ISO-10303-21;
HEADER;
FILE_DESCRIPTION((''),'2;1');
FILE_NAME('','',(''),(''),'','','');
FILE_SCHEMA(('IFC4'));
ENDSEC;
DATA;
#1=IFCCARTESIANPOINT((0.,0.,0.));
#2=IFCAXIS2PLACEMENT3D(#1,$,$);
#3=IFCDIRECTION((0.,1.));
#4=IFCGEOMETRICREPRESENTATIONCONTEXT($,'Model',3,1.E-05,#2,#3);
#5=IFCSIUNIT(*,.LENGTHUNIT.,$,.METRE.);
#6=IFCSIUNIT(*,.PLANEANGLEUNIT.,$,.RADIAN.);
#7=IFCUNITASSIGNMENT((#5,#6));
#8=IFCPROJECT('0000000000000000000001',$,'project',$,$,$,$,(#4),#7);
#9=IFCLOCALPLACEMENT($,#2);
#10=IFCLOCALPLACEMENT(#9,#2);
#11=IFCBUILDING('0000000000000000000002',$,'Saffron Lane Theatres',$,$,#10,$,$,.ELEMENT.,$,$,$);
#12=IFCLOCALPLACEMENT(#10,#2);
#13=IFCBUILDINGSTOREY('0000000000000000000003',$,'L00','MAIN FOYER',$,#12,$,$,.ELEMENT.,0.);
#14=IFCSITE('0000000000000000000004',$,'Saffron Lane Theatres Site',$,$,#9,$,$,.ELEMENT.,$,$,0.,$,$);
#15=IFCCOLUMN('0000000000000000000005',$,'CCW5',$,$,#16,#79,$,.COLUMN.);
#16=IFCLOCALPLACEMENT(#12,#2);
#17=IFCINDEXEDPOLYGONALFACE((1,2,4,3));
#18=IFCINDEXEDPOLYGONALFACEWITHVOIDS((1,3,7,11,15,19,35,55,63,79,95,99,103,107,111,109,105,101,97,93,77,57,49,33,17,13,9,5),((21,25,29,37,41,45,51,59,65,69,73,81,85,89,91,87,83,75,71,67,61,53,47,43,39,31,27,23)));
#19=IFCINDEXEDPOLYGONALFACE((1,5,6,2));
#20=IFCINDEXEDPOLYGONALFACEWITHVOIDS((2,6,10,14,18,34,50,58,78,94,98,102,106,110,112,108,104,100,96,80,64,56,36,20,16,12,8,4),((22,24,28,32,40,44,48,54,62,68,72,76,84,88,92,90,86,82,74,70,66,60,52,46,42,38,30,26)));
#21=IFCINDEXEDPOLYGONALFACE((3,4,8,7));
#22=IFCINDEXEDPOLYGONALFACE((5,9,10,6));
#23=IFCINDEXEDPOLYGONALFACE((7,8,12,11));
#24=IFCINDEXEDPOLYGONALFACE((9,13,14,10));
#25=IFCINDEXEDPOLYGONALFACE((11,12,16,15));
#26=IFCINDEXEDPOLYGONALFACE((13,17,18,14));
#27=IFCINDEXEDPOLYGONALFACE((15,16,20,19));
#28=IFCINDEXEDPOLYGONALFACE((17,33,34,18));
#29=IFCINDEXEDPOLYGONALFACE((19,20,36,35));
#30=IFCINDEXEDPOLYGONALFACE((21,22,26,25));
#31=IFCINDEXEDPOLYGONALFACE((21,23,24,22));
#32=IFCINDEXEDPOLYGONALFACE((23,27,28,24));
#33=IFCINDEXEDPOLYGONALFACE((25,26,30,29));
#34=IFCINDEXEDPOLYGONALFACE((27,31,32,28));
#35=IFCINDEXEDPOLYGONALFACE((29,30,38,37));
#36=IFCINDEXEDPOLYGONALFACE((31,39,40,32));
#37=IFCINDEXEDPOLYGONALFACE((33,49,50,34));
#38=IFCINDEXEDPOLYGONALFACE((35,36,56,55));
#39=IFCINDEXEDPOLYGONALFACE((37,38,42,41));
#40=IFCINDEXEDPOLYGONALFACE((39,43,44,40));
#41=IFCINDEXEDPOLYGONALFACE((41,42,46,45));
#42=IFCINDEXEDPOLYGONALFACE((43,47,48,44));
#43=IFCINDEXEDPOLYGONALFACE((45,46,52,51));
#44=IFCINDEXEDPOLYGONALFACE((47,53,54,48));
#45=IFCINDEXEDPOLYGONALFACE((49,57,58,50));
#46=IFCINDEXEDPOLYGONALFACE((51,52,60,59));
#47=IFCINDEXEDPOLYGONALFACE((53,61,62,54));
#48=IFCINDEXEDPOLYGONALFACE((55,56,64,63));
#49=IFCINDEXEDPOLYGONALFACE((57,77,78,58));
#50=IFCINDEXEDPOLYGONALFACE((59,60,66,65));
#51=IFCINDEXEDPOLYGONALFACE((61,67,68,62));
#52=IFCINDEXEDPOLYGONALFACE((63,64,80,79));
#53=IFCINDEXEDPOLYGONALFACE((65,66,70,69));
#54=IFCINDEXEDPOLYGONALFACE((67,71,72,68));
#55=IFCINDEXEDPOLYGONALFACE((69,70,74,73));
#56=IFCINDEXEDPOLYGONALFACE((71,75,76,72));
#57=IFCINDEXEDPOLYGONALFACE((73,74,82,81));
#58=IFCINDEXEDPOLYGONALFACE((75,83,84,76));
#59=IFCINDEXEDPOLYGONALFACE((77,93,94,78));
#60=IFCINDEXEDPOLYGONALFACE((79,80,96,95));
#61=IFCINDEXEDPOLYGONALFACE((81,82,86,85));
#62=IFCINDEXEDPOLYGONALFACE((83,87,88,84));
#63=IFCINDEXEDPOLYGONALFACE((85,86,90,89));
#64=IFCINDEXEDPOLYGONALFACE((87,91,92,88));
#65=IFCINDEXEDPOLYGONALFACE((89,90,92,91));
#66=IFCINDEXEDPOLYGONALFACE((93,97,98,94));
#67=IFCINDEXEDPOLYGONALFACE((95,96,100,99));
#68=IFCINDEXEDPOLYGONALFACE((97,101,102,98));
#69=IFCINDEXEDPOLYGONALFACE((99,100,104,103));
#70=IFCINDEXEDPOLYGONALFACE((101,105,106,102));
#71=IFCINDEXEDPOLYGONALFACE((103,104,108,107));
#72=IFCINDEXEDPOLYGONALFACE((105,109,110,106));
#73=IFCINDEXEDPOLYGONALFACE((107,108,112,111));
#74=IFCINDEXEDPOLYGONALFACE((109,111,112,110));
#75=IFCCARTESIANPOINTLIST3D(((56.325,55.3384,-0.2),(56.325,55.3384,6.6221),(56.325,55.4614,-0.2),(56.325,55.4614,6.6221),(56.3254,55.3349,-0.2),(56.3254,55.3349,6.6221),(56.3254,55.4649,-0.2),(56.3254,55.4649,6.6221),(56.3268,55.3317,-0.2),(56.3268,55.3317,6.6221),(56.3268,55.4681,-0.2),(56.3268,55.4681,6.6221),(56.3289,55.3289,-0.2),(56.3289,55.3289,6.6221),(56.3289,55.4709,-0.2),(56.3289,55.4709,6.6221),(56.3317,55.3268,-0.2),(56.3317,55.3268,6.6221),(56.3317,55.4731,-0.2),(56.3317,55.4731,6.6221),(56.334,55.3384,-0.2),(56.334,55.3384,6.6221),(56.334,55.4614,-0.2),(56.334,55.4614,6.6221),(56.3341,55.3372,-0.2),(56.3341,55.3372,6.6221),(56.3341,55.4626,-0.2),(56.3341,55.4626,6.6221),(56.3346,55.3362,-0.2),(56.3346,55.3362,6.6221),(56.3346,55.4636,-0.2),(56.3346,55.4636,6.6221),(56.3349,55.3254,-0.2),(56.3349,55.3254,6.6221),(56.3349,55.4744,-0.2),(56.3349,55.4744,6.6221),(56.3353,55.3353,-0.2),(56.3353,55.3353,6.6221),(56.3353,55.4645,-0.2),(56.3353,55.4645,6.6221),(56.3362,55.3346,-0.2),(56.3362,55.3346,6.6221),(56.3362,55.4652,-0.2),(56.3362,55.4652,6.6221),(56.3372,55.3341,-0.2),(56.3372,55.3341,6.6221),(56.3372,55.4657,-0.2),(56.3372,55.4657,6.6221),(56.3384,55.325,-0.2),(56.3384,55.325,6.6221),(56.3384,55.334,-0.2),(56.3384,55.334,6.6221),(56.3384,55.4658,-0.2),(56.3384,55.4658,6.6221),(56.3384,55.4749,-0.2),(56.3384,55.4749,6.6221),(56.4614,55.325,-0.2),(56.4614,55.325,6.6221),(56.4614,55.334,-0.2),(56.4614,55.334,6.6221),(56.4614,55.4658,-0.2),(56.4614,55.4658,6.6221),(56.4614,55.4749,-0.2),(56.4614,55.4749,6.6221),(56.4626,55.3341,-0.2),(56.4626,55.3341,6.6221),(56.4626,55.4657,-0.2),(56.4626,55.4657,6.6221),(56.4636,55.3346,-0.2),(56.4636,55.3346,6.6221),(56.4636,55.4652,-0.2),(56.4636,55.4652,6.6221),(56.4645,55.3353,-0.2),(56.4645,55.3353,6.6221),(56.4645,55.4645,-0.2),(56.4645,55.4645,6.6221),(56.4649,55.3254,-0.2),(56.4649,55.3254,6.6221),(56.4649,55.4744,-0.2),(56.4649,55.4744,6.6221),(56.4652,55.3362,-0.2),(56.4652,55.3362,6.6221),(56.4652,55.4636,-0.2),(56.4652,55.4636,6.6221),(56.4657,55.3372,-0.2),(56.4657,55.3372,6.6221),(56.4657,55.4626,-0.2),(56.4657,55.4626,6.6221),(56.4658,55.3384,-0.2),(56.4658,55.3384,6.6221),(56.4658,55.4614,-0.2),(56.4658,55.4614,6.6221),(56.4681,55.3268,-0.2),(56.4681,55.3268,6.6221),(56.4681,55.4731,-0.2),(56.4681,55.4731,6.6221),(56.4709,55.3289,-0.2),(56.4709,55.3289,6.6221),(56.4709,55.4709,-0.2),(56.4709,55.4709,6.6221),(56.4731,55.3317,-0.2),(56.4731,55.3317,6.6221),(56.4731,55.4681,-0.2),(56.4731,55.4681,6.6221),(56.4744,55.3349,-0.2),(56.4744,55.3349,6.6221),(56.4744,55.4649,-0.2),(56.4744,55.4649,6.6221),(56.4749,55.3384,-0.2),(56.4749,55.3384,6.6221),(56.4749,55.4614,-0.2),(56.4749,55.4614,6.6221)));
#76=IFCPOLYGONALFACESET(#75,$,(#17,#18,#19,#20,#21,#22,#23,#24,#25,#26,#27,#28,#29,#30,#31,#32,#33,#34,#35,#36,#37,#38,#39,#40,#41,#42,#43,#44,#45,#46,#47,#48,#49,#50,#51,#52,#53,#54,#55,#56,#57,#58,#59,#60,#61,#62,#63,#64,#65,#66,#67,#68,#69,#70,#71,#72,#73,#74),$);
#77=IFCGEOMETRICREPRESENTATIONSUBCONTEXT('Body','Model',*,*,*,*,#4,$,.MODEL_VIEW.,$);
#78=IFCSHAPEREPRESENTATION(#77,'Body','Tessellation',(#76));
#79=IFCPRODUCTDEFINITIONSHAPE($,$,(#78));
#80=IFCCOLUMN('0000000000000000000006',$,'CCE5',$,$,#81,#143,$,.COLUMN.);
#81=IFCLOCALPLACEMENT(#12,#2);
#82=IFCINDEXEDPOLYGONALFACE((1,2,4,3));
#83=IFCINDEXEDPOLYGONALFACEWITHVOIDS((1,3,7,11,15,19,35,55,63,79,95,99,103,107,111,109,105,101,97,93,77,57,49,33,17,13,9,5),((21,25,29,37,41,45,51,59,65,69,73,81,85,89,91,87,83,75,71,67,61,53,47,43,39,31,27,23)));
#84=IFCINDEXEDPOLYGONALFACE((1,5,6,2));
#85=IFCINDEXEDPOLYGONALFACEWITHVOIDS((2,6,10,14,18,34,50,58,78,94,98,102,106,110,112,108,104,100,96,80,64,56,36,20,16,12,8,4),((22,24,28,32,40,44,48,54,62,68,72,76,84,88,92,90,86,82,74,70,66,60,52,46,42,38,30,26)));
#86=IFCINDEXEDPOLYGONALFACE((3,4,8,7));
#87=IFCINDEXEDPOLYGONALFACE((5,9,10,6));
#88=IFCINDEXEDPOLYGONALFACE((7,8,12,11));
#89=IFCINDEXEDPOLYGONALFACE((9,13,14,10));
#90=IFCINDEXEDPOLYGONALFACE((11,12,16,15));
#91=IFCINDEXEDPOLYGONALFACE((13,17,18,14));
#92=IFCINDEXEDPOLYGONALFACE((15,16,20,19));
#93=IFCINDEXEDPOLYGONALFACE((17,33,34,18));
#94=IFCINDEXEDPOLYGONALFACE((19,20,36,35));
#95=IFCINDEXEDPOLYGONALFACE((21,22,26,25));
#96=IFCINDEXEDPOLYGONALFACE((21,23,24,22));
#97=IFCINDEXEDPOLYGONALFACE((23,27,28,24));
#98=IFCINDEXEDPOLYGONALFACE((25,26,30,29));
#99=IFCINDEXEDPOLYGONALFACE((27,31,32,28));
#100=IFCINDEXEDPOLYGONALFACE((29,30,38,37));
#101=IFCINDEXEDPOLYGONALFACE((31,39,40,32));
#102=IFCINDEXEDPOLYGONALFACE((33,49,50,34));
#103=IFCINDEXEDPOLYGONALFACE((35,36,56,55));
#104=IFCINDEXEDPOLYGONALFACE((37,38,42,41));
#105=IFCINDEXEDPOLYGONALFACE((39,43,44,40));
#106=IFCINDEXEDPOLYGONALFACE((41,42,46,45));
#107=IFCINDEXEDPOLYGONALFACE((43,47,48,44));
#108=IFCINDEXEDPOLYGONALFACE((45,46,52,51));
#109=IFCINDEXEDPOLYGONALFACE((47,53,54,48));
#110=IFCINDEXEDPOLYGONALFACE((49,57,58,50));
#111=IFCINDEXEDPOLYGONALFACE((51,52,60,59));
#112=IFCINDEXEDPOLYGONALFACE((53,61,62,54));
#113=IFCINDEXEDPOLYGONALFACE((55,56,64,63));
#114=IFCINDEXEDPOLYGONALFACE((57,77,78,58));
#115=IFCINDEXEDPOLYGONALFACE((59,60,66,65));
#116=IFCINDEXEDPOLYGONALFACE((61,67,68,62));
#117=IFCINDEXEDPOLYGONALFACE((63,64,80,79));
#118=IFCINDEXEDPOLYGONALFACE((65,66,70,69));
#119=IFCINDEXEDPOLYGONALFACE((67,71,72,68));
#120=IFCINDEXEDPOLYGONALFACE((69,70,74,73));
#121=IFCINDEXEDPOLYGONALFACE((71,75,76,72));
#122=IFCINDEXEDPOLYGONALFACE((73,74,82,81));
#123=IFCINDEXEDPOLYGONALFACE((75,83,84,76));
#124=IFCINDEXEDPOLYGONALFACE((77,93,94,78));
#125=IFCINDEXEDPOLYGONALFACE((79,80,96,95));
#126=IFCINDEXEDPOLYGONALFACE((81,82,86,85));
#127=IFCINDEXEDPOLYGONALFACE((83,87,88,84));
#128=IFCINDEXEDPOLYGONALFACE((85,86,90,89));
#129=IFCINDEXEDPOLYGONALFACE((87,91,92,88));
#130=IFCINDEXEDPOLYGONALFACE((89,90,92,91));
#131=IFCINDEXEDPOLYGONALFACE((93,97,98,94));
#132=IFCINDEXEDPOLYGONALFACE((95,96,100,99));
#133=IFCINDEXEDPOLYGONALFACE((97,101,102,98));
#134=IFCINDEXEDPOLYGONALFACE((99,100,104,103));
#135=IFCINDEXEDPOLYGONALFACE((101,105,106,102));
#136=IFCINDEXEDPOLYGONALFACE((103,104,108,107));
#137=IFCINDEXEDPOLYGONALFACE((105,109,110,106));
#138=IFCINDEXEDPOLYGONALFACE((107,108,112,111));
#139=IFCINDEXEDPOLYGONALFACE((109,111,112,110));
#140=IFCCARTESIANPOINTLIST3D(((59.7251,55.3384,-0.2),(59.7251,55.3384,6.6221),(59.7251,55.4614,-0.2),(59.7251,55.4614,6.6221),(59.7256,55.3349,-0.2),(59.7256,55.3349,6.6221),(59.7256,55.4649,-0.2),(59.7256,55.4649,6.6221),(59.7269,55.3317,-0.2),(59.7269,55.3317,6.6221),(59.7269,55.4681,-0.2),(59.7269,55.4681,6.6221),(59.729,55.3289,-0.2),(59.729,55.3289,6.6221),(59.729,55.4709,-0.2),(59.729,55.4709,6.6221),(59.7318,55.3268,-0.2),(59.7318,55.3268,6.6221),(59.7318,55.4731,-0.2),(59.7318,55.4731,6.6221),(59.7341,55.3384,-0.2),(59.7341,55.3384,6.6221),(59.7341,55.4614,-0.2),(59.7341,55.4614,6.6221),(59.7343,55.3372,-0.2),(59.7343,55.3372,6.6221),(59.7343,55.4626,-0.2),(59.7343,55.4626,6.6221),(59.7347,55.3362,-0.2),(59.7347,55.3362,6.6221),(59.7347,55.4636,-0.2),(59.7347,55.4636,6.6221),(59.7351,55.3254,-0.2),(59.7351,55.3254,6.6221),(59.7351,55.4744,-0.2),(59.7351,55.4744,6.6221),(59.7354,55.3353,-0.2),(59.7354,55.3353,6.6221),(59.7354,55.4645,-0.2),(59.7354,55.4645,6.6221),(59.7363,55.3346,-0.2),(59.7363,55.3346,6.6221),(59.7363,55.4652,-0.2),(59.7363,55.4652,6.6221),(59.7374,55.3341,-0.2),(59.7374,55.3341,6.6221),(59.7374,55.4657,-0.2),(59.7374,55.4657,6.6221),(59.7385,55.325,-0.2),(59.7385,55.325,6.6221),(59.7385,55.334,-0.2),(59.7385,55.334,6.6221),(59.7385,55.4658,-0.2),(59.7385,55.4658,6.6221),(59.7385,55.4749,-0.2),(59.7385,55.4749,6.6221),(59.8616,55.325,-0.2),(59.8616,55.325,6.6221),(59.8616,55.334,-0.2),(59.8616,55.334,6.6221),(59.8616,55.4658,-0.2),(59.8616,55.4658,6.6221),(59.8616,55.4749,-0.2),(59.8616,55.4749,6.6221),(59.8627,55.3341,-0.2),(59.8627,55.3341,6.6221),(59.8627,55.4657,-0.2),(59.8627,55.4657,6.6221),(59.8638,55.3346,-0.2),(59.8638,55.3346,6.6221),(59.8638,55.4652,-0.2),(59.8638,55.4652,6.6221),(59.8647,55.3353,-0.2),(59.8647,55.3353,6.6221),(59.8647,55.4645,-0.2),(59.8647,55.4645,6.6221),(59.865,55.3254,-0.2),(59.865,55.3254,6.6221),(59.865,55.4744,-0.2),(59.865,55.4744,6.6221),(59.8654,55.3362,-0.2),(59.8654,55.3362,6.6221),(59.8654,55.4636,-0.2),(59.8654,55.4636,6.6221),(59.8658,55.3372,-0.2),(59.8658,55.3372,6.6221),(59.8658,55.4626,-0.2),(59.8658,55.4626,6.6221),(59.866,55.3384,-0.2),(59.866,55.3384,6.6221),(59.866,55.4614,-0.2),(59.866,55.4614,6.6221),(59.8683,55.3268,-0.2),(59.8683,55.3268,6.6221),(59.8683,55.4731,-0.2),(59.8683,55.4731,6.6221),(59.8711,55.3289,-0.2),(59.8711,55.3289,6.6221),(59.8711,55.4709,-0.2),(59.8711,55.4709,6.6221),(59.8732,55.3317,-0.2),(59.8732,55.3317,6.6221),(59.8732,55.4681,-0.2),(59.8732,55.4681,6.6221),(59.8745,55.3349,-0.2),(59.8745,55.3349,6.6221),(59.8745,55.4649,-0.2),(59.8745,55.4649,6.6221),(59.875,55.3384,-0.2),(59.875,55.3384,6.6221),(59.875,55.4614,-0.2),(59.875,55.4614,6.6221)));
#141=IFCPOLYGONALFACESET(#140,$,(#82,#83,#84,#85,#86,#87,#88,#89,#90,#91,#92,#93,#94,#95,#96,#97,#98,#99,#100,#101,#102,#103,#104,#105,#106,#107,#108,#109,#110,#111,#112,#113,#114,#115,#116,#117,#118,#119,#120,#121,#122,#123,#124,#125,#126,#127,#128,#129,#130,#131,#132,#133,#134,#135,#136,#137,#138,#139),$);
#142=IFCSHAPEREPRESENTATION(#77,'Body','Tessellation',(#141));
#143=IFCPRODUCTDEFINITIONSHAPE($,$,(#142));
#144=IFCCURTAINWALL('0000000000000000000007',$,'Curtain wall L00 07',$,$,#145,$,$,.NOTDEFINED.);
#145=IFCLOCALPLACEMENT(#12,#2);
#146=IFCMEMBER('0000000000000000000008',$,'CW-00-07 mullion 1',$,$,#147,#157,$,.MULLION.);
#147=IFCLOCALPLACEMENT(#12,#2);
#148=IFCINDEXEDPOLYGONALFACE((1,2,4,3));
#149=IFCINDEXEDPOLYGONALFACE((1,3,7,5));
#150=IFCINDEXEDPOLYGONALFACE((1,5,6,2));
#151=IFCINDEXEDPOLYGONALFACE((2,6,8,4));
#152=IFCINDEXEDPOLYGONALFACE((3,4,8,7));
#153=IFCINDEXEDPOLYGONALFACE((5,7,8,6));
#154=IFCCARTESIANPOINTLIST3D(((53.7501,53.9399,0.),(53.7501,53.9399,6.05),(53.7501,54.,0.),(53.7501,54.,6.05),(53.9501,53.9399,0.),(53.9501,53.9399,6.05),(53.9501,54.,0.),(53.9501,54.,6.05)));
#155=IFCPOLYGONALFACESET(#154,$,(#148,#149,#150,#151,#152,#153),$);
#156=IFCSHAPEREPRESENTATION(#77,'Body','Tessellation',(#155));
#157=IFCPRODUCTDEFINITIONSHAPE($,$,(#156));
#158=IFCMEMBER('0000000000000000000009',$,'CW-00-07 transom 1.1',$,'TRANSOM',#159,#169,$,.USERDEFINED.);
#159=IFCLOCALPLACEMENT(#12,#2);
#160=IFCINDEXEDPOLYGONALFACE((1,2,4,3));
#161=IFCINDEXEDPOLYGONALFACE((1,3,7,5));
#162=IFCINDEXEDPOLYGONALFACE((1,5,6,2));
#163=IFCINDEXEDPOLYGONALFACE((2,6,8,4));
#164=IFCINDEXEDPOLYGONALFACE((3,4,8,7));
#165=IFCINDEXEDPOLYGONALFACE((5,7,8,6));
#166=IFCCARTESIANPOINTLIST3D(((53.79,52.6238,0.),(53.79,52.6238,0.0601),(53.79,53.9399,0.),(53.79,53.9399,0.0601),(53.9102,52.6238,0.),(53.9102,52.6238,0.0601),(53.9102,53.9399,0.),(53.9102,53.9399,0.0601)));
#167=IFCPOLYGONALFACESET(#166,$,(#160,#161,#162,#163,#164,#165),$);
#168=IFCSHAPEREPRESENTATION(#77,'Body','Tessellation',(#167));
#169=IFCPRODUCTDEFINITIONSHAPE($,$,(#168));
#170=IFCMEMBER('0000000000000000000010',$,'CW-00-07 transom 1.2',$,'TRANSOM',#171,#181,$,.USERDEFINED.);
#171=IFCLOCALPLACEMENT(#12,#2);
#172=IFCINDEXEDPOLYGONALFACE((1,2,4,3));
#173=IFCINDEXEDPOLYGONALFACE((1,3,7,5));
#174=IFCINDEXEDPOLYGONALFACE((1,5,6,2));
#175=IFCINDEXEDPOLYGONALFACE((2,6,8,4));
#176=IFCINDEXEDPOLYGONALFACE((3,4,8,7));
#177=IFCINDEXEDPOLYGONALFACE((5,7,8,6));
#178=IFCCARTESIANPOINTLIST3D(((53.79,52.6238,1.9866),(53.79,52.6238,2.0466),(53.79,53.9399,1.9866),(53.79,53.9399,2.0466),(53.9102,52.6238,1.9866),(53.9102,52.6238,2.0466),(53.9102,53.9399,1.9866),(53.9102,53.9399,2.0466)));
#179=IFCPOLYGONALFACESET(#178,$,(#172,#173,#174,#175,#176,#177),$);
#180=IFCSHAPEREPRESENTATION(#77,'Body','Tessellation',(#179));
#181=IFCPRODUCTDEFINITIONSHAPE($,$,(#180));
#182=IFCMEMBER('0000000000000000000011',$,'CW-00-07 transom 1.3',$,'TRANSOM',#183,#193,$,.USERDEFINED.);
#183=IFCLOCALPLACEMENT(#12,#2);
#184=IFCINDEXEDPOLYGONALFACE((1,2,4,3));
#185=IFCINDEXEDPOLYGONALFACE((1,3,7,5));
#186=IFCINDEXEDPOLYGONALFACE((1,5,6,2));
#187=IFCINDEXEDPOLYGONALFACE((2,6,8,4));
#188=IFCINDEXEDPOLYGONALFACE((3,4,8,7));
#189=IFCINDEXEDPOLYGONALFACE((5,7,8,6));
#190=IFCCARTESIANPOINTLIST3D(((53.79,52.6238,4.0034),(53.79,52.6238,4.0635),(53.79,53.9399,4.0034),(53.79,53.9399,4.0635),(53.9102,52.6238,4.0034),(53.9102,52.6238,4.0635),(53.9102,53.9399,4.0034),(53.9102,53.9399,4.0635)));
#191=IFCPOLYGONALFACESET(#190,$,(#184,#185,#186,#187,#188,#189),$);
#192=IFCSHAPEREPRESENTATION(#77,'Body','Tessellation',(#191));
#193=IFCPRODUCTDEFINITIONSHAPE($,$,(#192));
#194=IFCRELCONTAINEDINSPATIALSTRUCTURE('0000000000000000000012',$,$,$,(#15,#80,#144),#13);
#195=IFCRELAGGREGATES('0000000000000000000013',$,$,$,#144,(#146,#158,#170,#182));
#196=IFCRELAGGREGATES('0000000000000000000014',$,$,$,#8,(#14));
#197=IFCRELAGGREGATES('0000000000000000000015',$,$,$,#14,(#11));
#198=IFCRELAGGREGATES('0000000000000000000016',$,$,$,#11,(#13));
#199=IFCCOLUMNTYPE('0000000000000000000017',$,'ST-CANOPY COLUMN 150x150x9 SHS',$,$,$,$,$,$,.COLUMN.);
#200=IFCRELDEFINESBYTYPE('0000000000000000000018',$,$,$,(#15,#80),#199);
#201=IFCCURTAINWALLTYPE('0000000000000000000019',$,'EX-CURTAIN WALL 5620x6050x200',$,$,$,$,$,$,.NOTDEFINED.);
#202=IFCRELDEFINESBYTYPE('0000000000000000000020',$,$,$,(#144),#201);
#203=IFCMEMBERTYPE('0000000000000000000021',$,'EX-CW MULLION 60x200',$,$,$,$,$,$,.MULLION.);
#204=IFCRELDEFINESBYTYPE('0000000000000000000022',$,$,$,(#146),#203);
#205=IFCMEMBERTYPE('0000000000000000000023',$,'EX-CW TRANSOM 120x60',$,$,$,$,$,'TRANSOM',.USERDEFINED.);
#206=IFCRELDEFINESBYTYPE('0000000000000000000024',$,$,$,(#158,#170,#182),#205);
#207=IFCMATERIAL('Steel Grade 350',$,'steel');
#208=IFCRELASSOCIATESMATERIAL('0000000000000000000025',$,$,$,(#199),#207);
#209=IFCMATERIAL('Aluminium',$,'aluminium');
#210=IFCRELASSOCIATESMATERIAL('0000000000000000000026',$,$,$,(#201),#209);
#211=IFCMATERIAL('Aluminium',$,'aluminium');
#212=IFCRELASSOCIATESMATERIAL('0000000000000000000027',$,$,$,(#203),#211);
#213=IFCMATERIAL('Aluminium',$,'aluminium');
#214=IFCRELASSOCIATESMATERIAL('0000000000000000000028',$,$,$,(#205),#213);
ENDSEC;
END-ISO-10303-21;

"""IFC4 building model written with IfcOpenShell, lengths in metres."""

from ifc_helpers import new_model, si_unit, direction, frame, origin, origin_2d, place, context, subcontext, project, spatial, rectangle, hollow_rectangle, extrude, material, material_profile, profile_set, type_object, element, aggregate, save


model = new_model("IFC4")

# Units and contexts
model_context = context("Model", 3, precision=1e-05, world=origin(), true_north=direction((0.0, 1.0)))
body_context = subcontext(model_context, "Body", "Model", "MODEL_VIEW")
ifc_project = project(units=[si_unit("LENGTHUNIT", "METRE"), si_unit("PLANEANGLEUNIT", "RADIAN")], contexts=[model_context])

# Site, building, storey
site_placement = place(None, origin())
site = spatial("IfcSite", under=ifc_project, at=site_placement, Name="Saffron Lane Theatres Site", CompositionType="ELEMENT", RefElevation=0.0)
building_placement = place(site_placement, origin())
building = spatial("IfcBuilding", under=site, at=building_placement, Name="Saffron Lane Theatres", CompositionType="ELEMENT")
storey_placement = place(building_placement, origin())
storey = spatial("IfcBuildingStorey", under=building, at=storey_placement, Name="L00", Description="MAIN FOYER", CompositionType="ELEMENT", Elevation=0.0)

# Columns
ifc_material_1 = material(Name="Steel Grade 350", Category="steel")
ifc_material_profile_1 = material_profile(ifc_material_1, hollow_rectangle(XDim=0.1499, YDim=0.1499, WallThickness=0.009, InnerFilletRadius=0.0044, OuterFilletRadius=0.0134, at=origin_2d()))
ifc_profile_set_1 = profile_set([ifc_material_profile_1], Name="Steel Grade 350")
column_type = type_object("IfcColumnType", Name="ST-CANOPY COLUMN 150x150x9 SHS", PredefinedType="COLUMN", material=ifc_profile_set_1)
for number, where, z_axis, x_axis, name in (
    (1, (56.3999, 55.3999, -0.2), (0.0, 0.0, 1.0), (1.0, 0.0, 0.0), "CCW5"),
    (2, (59.8, 55.3999, -0.2), (0.0, 0.0, 1.0), (1.0, 0.0, 0.0), "CCE5"),
):
    element("IfcColumn", number, at=place(storey_placement, frame(where, z_axis=z_axis, x_axis=x_axis)), inside=storey, type_object=column_type, Name=name, PredefinedType="COLUMN", context=body_context, shape_type="SweptSolid", body=[
        extrude(hollow_rectangle(XDim=0.1499, YDim=0.1499, WallThickness=0.009, InnerFilletRadius=0.0044, OuterFilletRadius=0.0134, at=origin_2d()), origin(), (0.0, 0.0, 1.0), 6.822),
    ])

# Curtain wall, members
ifc_material_2 = material(Name="Aluminium", Category="aluminium")
curtain_wall_type = type_object("IfcCurtainWallType", Name="EX-CURTAIN WALL 5620x6050x200", PredefinedType="NOTDEFINED", material=ifc_material_2)
curtain_wall_placement = place(storey_placement, origin())
curtain_wall = element("IfcCurtainWall", 3, at=curtain_wall_placement, inside=storey, type_object=curtain_wall_type, Name="Curtain wall L00 07", PredefinedType="NOTDEFINED")
ifc_material_3 = material(Name="Aluminium", Category="aluminium")
ifc_material_profile_2 = material_profile(ifc_material_3, rectangle(XDim=0.0601, YDim=0.2, at=origin_2d()))
ifc_profile_set_2 = profile_set([ifc_material_profile_2], Name="Aluminium")
member_type_1 = type_object("IfcMemberType", Name="EX-CW MULLION 60x200", PredefinedType="MULLION", material=ifc_profile_set_2)
member_1_placement = place(storey_placement, frame((53.8501, 53.97, 0.0), z_axis=(0.0, 0.0, 1.0), x_axis=(0.0, -1.0, 0.0)))
member_1 = element("IfcMember", 4, at=member_1_placement, type_object=member_type_1, Name="CW-00-07 mullion 1", PredefinedType="MULLION", context=body_context, shape_type="SweptSolid", body=[
    extrude(rectangle(XDim=0.0601, YDim=0.2, at=origin_2d()), origin(), (0.0, 0.0, 1.0), 6.05),
])
ifc_material_4 = material(Name="Aluminium", Category="aluminium")
ifc_material_profile_3 = material_profile(ifc_material_4, rectangle(XDim=0.1201, YDim=0.0601, at=origin_2d()))
ifc_profile_set_3 = profile_set([ifc_material_profile_3], Name="Aluminium")
member_type_2 = type_object("IfcMemberType", Name="EX-CW TRANSOM 120x60", ElementType="TRANSOM", PredefinedType="USERDEFINED", material=ifc_profile_set_3)
member_2_placement = place(storey_placement, frame((53.8501, 53.9399, 0.03), z_axis=(0.0, -1.0, 0.0), x_axis=(1.0, 0.0, 0.0)))
member_2 = element("IfcMember", 5, at=member_2_placement, type_object=member_type_2, Name="CW-00-07 transom 1.1", ObjectType="TRANSOM", PredefinedType="USERDEFINED", context=body_context, shape_type="SweptSolid", body=[
    extrude(rectangle(XDim=0.1201, YDim=0.0601, at=origin_2d()), origin(), (0.0, 0.0, 1.0), 1.3162),
])
member_3_placement = place(storey_placement, frame((53.8501, 53.9399, 2.0166), z_axis=(0.0, -1.0, 0.0), x_axis=(1.0, 0.0, 0.0)))
member_3 = element("IfcMember", 6, at=member_3_placement, type_object=member_type_2, Name="CW-00-07 transom 1.2", ObjectType="TRANSOM", PredefinedType="USERDEFINED", context=body_context, shape_type="SweptSolid", body=[
    extrude(rectangle(XDim=0.1201, YDim=0.0601, at=origin_2d()), origin(), (0.0, 0.0, 1.0), 1.3162),
])
member_4_placement = place(storey_placement, frame((53.8501, 53.9399, 4.0334), z_axis=(0.0, -1.0, 0.0), x_axis=(1.0, 0.0, 0.0)))
member_4 = element("IfcMember", 7, at=member_4_placement, type_object=member_type_2, Name="CW-00-07 transom 1.3", ObjectType="TRANSOM", PredefinedType="USERDEFINED", context=body_context, shape_type="SweptSolid", body=[
    extrude(rectangle(XDim=0.1201, YDim=0.0601, at=origin_2d()), origin(), (0.0, 0.0, 1.0), 1.3162),
])
aggregate(curtain_wall, [member_1, member_2, member_3, member_4])

save(model, "model.ifc")
